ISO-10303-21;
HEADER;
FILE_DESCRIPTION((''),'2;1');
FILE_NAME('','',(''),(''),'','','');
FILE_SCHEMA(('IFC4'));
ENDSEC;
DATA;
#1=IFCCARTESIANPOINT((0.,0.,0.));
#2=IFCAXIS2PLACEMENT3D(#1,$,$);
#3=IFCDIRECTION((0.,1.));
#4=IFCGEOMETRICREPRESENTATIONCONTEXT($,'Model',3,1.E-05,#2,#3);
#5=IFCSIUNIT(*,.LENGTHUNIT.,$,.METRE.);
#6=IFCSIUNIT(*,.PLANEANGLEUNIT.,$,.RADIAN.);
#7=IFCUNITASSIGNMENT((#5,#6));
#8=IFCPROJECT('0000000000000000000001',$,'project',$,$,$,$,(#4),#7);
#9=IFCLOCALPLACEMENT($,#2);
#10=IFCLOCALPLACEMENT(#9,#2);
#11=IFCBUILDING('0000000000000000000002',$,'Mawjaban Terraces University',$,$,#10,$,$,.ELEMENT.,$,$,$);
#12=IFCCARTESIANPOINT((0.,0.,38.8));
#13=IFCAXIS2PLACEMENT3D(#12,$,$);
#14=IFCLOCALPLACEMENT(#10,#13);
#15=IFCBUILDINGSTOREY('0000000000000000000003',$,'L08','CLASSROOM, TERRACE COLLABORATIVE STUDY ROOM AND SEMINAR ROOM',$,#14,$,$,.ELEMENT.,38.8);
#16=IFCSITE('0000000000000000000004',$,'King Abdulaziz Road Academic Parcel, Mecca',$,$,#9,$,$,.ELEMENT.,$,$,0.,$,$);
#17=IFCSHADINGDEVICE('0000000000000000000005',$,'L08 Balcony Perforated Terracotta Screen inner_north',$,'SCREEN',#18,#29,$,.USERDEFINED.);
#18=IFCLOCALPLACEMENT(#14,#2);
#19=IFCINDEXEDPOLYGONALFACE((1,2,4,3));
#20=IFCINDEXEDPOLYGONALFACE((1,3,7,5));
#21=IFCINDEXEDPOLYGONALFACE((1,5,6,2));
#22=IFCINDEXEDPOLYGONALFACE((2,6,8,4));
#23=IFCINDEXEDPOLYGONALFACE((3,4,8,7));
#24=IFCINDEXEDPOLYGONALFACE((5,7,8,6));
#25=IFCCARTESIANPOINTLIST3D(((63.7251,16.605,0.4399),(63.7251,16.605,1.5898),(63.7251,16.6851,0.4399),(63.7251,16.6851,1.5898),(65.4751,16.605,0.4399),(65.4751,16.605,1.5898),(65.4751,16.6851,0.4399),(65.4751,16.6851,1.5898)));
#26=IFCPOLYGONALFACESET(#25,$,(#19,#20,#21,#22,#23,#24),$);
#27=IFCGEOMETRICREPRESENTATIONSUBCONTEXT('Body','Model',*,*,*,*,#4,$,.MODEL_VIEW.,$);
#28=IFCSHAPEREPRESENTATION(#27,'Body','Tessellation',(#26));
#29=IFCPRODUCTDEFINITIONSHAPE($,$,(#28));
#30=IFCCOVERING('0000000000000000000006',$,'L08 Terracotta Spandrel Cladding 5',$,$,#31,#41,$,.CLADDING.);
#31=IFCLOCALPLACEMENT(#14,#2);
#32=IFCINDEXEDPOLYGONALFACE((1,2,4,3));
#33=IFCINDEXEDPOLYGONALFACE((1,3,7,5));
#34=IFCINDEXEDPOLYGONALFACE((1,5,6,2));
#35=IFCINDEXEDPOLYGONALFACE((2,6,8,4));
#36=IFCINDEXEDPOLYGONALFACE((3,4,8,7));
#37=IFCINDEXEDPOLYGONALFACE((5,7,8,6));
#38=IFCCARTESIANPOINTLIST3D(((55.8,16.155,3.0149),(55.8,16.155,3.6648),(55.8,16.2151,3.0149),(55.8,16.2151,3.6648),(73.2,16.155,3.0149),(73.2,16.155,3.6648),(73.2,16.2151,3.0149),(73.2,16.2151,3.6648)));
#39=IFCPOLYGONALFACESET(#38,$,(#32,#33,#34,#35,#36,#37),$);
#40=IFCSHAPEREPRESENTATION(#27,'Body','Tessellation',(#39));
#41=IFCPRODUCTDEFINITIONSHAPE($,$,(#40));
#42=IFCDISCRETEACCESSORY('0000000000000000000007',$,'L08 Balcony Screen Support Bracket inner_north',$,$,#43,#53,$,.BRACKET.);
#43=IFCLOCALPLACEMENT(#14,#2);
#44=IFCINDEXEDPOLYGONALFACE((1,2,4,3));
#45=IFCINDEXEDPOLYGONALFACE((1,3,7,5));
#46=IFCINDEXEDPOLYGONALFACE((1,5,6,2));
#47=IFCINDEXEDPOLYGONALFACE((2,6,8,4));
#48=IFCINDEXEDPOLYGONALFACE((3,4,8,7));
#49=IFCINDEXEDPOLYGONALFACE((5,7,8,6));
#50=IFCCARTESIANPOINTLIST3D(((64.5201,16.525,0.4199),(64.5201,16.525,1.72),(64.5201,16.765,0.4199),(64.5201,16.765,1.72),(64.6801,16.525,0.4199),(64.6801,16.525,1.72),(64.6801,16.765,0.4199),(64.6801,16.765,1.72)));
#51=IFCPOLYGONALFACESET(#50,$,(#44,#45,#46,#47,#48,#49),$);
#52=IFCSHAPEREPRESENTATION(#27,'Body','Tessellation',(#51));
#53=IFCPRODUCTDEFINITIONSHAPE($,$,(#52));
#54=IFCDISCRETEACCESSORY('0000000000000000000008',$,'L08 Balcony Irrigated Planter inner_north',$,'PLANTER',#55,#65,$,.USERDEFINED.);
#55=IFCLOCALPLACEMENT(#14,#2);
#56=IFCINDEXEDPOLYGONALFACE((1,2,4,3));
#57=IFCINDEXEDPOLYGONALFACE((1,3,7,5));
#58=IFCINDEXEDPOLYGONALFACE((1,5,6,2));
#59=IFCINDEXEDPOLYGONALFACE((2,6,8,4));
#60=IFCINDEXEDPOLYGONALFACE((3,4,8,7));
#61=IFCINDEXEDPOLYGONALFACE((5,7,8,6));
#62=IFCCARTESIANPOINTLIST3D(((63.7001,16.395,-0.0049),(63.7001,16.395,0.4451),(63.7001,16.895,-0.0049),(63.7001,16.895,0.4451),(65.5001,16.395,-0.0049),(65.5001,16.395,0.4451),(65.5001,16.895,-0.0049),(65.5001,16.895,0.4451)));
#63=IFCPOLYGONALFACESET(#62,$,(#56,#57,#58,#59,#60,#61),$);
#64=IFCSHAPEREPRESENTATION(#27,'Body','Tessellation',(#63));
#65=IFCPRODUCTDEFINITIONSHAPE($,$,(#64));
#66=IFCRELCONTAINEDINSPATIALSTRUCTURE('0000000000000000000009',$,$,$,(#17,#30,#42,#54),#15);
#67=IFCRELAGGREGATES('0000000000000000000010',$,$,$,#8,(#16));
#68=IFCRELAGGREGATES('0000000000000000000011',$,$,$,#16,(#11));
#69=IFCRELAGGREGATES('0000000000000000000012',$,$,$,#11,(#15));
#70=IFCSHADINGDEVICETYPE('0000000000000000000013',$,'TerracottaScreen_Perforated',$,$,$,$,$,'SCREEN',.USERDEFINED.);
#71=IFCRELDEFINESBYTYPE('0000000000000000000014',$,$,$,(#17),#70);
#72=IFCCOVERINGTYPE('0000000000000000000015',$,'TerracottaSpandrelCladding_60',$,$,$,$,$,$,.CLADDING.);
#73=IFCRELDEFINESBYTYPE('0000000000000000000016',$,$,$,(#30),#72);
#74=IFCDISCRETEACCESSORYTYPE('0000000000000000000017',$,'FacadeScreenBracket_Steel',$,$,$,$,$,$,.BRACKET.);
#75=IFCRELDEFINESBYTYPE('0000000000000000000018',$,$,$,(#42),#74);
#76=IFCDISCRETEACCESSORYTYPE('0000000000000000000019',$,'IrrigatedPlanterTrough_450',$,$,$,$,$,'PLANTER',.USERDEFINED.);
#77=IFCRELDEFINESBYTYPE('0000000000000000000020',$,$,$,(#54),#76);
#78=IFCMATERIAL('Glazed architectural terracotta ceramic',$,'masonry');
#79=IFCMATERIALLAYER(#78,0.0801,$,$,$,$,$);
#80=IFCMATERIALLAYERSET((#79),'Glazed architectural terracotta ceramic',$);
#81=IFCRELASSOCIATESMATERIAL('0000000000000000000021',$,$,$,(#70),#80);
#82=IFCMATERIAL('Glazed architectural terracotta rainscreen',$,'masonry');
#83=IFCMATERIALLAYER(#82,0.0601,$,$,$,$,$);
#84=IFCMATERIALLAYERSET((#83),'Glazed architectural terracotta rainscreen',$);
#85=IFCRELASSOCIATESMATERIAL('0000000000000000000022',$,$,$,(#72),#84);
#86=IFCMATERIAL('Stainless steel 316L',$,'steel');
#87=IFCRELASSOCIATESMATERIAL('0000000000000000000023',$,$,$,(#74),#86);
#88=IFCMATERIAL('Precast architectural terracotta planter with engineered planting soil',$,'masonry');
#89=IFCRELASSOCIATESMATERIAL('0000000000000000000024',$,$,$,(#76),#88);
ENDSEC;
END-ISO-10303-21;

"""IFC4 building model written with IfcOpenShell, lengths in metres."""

from ifc_helpers import new_model, si_unit, direction, frame, origin, origin_2d, place, context, subcontext, project, spatial, rectangle, extrude, material, layer, layer_set, type_object, element, save


model = new_model("IFC4")

# Units and contexts
model_context = context("Model", 3, precision=1e-05, world=origin(), true_north=direction((0.0, 1.0)))
body_context = subcontext(model_context, "Body", "Model", "MODEL_VIEW")
ifc_project = project(units=[si_unit("LENGTHUNIT", "METRE"), si_unit("PLANEANGLEUNIT", "RADIAN")], contexts=[model_context])

# Site, building, storey
site_placement = place(None, origin())
site = spatial("IfcSite", under=ifc_project, at=site_placement, Name="King Abdulaziz Road Academic Parcel, Mecca", CompositionType="ELEMENT", RefElevation=0.0)
building_placement = place(site_placement, origin())
building = spatial("IfcBuilding", under=site, at=building_placement, Name="Mawjaban Terraces University", CompositionType="ELEMENT")
storey_placement = place(building_placement, frame((0.0, 0.0, 38.8)))
storey = spatial("IfcBuildingStorey", under=building, at=storey_placement, Name="L08", Description="CLASSROOM, TERRACE COLLABORATIVE STUDY ROOM AND SEMINAR ROOM", CompositionType="ELEMENT", Elevation=38.8)

# Shading device
ifc_material_1 = material(Name="Glazed architectural terracotta ceramic", Category="masonry")
ifc_layer_1 = layer(ifc_material_1, 0.0801)
ifc_layer_set_1 = layer_set([ifc_layer_1], Name="Glazed architectural terracotta ceramic")
shading_device_type_1 = type_object("IfcShadingDeviceType", Name="TerracottaScreen_Perforated", ElementType="SCREEN", PredefinedType="USERDEFINED", material=ifc_layer_set_1)
shading_device_placement = place(storey_placement, frame((64.6001, 16.645, 0.4399), z_axis=(0.0, 0.0, 1.0), x_axis=(1.0, 0.0, 0.0)))
element("IfcShadingDevice", 1, at=shading_device_placement, inside=storey, type_object=shading_device_type_1, Name="L08 Balcony Perforated Terracotta Screen inner_north", ObjectType="SCREEN", PredefinedType="USERDEFINED", context=body_context, shape_type="SweptSolid", body=[
    extrude(rectangle(XDim=1.75, YDim=0.0801, at=origin_2d()), origin(), (0.0, 0.0, 1.0), 1.1499),
])

# Covering
ifc_material_2 = material(Name="Glazed architectural terracotta rainscreen", Category="masonry")
ifc_layer_2 = layer(ifc_material_2, 0.0601)
ifc_layer_set_2 = layer_set([ifc_layer_2], Name="Glazed architectural terracotta rainscreen")
covering_type = type_object("IfcCoveringType", Name="TerracottaSpandrelCladding_60", PredefinedType="CLADDING", material=ifc_layer_set_2)
covering_placement = place(storey_placement, frame((64.5, 16.1851, 3.0149), z_axis=(0.0, 0.0, 1.0), x_axis=(-1.0, 0.0, 0.0)))
element("IfcCovering", 2, at=covering_placement, inside=storey, type_object=covering_type, Name="L08 Terracotta Spandrel Cladding 5", PredefinedType="CLADDING", context=body_context, shape_type="SweptSolid", body=[
    extrude(rectangle(XDim=17.3999, YDim=0.0601, at=origin_2d()), origin(), (0.0, 0.0, 1.0), 0.6499),
])

# Discrete accessories
ifc_material_3 = material(Name="Stainless steel 316L", Category="steel")
discrete_accessory_type_1 = type_object("IfcDiscreteAccessoryType", Name="FacadeScreenBracket_Steel", PredefinedType="BRACKET", material=ifc_material_3)
discrete_accessory_1_placement = place(storey_placement, frame((64.6001, 16.645, 0.4199), z_axis=(0.0, 0.0, 1.0), x_axis=(1.0, 0.0, 0.0)))
element("IfcDiscreteAccessory", 3, at=discrete_accessory_1_placement, inside=storey, type_object=discrete_accessory_type_1, Name="L08 Balcony Screen Support Bracket inner_north", PredefinedType="BRACKET", context=body_context, shape_type="SweptSolid", body=[
    extrude(rectangle(XDim=0.1599, YDim=0.24, at=origin_2d()), origin(), (0.0, 0.0, 1.0), 1.3),
])
ifc_material_4 = material(Name="Precast architectural terracotta planter with engineered planting soil", Category="masonry")
discrete_accessory_type_2 = type_object("IfcDiscreteAccessoryType", Name="IrrigatedPlanterTrough_450", ElementType="PLANTER", PredefinedType="USERDEFINED", material=ifc_material_4)
discrete_accessory_2_placement = place(storey_placement, frame((64.6001, 16.645, -0.0049), z_axis=(0.0, 0.0, 1.0), x_axis=(1.0, 0.0, 0.0)))
element("IfcDiscreteAccessory", 4, at=discrete_accessory_2_placement, inside=storey, type_object=discrete_accessory_type_2, Name="L08 Balcony Irrigated Planter inner_north", ObjectType="PLANTER", PredefinedType="USERDEFINED", context=body_context, shape_type="SweptSolid", body=[
    extrude(rectangle(XDim=1.8, YDim=0.5, at=origin_2d()), origin(), (0.0, 0.0, 1.0), 0.45),
])

save(model, "model.ifc")
